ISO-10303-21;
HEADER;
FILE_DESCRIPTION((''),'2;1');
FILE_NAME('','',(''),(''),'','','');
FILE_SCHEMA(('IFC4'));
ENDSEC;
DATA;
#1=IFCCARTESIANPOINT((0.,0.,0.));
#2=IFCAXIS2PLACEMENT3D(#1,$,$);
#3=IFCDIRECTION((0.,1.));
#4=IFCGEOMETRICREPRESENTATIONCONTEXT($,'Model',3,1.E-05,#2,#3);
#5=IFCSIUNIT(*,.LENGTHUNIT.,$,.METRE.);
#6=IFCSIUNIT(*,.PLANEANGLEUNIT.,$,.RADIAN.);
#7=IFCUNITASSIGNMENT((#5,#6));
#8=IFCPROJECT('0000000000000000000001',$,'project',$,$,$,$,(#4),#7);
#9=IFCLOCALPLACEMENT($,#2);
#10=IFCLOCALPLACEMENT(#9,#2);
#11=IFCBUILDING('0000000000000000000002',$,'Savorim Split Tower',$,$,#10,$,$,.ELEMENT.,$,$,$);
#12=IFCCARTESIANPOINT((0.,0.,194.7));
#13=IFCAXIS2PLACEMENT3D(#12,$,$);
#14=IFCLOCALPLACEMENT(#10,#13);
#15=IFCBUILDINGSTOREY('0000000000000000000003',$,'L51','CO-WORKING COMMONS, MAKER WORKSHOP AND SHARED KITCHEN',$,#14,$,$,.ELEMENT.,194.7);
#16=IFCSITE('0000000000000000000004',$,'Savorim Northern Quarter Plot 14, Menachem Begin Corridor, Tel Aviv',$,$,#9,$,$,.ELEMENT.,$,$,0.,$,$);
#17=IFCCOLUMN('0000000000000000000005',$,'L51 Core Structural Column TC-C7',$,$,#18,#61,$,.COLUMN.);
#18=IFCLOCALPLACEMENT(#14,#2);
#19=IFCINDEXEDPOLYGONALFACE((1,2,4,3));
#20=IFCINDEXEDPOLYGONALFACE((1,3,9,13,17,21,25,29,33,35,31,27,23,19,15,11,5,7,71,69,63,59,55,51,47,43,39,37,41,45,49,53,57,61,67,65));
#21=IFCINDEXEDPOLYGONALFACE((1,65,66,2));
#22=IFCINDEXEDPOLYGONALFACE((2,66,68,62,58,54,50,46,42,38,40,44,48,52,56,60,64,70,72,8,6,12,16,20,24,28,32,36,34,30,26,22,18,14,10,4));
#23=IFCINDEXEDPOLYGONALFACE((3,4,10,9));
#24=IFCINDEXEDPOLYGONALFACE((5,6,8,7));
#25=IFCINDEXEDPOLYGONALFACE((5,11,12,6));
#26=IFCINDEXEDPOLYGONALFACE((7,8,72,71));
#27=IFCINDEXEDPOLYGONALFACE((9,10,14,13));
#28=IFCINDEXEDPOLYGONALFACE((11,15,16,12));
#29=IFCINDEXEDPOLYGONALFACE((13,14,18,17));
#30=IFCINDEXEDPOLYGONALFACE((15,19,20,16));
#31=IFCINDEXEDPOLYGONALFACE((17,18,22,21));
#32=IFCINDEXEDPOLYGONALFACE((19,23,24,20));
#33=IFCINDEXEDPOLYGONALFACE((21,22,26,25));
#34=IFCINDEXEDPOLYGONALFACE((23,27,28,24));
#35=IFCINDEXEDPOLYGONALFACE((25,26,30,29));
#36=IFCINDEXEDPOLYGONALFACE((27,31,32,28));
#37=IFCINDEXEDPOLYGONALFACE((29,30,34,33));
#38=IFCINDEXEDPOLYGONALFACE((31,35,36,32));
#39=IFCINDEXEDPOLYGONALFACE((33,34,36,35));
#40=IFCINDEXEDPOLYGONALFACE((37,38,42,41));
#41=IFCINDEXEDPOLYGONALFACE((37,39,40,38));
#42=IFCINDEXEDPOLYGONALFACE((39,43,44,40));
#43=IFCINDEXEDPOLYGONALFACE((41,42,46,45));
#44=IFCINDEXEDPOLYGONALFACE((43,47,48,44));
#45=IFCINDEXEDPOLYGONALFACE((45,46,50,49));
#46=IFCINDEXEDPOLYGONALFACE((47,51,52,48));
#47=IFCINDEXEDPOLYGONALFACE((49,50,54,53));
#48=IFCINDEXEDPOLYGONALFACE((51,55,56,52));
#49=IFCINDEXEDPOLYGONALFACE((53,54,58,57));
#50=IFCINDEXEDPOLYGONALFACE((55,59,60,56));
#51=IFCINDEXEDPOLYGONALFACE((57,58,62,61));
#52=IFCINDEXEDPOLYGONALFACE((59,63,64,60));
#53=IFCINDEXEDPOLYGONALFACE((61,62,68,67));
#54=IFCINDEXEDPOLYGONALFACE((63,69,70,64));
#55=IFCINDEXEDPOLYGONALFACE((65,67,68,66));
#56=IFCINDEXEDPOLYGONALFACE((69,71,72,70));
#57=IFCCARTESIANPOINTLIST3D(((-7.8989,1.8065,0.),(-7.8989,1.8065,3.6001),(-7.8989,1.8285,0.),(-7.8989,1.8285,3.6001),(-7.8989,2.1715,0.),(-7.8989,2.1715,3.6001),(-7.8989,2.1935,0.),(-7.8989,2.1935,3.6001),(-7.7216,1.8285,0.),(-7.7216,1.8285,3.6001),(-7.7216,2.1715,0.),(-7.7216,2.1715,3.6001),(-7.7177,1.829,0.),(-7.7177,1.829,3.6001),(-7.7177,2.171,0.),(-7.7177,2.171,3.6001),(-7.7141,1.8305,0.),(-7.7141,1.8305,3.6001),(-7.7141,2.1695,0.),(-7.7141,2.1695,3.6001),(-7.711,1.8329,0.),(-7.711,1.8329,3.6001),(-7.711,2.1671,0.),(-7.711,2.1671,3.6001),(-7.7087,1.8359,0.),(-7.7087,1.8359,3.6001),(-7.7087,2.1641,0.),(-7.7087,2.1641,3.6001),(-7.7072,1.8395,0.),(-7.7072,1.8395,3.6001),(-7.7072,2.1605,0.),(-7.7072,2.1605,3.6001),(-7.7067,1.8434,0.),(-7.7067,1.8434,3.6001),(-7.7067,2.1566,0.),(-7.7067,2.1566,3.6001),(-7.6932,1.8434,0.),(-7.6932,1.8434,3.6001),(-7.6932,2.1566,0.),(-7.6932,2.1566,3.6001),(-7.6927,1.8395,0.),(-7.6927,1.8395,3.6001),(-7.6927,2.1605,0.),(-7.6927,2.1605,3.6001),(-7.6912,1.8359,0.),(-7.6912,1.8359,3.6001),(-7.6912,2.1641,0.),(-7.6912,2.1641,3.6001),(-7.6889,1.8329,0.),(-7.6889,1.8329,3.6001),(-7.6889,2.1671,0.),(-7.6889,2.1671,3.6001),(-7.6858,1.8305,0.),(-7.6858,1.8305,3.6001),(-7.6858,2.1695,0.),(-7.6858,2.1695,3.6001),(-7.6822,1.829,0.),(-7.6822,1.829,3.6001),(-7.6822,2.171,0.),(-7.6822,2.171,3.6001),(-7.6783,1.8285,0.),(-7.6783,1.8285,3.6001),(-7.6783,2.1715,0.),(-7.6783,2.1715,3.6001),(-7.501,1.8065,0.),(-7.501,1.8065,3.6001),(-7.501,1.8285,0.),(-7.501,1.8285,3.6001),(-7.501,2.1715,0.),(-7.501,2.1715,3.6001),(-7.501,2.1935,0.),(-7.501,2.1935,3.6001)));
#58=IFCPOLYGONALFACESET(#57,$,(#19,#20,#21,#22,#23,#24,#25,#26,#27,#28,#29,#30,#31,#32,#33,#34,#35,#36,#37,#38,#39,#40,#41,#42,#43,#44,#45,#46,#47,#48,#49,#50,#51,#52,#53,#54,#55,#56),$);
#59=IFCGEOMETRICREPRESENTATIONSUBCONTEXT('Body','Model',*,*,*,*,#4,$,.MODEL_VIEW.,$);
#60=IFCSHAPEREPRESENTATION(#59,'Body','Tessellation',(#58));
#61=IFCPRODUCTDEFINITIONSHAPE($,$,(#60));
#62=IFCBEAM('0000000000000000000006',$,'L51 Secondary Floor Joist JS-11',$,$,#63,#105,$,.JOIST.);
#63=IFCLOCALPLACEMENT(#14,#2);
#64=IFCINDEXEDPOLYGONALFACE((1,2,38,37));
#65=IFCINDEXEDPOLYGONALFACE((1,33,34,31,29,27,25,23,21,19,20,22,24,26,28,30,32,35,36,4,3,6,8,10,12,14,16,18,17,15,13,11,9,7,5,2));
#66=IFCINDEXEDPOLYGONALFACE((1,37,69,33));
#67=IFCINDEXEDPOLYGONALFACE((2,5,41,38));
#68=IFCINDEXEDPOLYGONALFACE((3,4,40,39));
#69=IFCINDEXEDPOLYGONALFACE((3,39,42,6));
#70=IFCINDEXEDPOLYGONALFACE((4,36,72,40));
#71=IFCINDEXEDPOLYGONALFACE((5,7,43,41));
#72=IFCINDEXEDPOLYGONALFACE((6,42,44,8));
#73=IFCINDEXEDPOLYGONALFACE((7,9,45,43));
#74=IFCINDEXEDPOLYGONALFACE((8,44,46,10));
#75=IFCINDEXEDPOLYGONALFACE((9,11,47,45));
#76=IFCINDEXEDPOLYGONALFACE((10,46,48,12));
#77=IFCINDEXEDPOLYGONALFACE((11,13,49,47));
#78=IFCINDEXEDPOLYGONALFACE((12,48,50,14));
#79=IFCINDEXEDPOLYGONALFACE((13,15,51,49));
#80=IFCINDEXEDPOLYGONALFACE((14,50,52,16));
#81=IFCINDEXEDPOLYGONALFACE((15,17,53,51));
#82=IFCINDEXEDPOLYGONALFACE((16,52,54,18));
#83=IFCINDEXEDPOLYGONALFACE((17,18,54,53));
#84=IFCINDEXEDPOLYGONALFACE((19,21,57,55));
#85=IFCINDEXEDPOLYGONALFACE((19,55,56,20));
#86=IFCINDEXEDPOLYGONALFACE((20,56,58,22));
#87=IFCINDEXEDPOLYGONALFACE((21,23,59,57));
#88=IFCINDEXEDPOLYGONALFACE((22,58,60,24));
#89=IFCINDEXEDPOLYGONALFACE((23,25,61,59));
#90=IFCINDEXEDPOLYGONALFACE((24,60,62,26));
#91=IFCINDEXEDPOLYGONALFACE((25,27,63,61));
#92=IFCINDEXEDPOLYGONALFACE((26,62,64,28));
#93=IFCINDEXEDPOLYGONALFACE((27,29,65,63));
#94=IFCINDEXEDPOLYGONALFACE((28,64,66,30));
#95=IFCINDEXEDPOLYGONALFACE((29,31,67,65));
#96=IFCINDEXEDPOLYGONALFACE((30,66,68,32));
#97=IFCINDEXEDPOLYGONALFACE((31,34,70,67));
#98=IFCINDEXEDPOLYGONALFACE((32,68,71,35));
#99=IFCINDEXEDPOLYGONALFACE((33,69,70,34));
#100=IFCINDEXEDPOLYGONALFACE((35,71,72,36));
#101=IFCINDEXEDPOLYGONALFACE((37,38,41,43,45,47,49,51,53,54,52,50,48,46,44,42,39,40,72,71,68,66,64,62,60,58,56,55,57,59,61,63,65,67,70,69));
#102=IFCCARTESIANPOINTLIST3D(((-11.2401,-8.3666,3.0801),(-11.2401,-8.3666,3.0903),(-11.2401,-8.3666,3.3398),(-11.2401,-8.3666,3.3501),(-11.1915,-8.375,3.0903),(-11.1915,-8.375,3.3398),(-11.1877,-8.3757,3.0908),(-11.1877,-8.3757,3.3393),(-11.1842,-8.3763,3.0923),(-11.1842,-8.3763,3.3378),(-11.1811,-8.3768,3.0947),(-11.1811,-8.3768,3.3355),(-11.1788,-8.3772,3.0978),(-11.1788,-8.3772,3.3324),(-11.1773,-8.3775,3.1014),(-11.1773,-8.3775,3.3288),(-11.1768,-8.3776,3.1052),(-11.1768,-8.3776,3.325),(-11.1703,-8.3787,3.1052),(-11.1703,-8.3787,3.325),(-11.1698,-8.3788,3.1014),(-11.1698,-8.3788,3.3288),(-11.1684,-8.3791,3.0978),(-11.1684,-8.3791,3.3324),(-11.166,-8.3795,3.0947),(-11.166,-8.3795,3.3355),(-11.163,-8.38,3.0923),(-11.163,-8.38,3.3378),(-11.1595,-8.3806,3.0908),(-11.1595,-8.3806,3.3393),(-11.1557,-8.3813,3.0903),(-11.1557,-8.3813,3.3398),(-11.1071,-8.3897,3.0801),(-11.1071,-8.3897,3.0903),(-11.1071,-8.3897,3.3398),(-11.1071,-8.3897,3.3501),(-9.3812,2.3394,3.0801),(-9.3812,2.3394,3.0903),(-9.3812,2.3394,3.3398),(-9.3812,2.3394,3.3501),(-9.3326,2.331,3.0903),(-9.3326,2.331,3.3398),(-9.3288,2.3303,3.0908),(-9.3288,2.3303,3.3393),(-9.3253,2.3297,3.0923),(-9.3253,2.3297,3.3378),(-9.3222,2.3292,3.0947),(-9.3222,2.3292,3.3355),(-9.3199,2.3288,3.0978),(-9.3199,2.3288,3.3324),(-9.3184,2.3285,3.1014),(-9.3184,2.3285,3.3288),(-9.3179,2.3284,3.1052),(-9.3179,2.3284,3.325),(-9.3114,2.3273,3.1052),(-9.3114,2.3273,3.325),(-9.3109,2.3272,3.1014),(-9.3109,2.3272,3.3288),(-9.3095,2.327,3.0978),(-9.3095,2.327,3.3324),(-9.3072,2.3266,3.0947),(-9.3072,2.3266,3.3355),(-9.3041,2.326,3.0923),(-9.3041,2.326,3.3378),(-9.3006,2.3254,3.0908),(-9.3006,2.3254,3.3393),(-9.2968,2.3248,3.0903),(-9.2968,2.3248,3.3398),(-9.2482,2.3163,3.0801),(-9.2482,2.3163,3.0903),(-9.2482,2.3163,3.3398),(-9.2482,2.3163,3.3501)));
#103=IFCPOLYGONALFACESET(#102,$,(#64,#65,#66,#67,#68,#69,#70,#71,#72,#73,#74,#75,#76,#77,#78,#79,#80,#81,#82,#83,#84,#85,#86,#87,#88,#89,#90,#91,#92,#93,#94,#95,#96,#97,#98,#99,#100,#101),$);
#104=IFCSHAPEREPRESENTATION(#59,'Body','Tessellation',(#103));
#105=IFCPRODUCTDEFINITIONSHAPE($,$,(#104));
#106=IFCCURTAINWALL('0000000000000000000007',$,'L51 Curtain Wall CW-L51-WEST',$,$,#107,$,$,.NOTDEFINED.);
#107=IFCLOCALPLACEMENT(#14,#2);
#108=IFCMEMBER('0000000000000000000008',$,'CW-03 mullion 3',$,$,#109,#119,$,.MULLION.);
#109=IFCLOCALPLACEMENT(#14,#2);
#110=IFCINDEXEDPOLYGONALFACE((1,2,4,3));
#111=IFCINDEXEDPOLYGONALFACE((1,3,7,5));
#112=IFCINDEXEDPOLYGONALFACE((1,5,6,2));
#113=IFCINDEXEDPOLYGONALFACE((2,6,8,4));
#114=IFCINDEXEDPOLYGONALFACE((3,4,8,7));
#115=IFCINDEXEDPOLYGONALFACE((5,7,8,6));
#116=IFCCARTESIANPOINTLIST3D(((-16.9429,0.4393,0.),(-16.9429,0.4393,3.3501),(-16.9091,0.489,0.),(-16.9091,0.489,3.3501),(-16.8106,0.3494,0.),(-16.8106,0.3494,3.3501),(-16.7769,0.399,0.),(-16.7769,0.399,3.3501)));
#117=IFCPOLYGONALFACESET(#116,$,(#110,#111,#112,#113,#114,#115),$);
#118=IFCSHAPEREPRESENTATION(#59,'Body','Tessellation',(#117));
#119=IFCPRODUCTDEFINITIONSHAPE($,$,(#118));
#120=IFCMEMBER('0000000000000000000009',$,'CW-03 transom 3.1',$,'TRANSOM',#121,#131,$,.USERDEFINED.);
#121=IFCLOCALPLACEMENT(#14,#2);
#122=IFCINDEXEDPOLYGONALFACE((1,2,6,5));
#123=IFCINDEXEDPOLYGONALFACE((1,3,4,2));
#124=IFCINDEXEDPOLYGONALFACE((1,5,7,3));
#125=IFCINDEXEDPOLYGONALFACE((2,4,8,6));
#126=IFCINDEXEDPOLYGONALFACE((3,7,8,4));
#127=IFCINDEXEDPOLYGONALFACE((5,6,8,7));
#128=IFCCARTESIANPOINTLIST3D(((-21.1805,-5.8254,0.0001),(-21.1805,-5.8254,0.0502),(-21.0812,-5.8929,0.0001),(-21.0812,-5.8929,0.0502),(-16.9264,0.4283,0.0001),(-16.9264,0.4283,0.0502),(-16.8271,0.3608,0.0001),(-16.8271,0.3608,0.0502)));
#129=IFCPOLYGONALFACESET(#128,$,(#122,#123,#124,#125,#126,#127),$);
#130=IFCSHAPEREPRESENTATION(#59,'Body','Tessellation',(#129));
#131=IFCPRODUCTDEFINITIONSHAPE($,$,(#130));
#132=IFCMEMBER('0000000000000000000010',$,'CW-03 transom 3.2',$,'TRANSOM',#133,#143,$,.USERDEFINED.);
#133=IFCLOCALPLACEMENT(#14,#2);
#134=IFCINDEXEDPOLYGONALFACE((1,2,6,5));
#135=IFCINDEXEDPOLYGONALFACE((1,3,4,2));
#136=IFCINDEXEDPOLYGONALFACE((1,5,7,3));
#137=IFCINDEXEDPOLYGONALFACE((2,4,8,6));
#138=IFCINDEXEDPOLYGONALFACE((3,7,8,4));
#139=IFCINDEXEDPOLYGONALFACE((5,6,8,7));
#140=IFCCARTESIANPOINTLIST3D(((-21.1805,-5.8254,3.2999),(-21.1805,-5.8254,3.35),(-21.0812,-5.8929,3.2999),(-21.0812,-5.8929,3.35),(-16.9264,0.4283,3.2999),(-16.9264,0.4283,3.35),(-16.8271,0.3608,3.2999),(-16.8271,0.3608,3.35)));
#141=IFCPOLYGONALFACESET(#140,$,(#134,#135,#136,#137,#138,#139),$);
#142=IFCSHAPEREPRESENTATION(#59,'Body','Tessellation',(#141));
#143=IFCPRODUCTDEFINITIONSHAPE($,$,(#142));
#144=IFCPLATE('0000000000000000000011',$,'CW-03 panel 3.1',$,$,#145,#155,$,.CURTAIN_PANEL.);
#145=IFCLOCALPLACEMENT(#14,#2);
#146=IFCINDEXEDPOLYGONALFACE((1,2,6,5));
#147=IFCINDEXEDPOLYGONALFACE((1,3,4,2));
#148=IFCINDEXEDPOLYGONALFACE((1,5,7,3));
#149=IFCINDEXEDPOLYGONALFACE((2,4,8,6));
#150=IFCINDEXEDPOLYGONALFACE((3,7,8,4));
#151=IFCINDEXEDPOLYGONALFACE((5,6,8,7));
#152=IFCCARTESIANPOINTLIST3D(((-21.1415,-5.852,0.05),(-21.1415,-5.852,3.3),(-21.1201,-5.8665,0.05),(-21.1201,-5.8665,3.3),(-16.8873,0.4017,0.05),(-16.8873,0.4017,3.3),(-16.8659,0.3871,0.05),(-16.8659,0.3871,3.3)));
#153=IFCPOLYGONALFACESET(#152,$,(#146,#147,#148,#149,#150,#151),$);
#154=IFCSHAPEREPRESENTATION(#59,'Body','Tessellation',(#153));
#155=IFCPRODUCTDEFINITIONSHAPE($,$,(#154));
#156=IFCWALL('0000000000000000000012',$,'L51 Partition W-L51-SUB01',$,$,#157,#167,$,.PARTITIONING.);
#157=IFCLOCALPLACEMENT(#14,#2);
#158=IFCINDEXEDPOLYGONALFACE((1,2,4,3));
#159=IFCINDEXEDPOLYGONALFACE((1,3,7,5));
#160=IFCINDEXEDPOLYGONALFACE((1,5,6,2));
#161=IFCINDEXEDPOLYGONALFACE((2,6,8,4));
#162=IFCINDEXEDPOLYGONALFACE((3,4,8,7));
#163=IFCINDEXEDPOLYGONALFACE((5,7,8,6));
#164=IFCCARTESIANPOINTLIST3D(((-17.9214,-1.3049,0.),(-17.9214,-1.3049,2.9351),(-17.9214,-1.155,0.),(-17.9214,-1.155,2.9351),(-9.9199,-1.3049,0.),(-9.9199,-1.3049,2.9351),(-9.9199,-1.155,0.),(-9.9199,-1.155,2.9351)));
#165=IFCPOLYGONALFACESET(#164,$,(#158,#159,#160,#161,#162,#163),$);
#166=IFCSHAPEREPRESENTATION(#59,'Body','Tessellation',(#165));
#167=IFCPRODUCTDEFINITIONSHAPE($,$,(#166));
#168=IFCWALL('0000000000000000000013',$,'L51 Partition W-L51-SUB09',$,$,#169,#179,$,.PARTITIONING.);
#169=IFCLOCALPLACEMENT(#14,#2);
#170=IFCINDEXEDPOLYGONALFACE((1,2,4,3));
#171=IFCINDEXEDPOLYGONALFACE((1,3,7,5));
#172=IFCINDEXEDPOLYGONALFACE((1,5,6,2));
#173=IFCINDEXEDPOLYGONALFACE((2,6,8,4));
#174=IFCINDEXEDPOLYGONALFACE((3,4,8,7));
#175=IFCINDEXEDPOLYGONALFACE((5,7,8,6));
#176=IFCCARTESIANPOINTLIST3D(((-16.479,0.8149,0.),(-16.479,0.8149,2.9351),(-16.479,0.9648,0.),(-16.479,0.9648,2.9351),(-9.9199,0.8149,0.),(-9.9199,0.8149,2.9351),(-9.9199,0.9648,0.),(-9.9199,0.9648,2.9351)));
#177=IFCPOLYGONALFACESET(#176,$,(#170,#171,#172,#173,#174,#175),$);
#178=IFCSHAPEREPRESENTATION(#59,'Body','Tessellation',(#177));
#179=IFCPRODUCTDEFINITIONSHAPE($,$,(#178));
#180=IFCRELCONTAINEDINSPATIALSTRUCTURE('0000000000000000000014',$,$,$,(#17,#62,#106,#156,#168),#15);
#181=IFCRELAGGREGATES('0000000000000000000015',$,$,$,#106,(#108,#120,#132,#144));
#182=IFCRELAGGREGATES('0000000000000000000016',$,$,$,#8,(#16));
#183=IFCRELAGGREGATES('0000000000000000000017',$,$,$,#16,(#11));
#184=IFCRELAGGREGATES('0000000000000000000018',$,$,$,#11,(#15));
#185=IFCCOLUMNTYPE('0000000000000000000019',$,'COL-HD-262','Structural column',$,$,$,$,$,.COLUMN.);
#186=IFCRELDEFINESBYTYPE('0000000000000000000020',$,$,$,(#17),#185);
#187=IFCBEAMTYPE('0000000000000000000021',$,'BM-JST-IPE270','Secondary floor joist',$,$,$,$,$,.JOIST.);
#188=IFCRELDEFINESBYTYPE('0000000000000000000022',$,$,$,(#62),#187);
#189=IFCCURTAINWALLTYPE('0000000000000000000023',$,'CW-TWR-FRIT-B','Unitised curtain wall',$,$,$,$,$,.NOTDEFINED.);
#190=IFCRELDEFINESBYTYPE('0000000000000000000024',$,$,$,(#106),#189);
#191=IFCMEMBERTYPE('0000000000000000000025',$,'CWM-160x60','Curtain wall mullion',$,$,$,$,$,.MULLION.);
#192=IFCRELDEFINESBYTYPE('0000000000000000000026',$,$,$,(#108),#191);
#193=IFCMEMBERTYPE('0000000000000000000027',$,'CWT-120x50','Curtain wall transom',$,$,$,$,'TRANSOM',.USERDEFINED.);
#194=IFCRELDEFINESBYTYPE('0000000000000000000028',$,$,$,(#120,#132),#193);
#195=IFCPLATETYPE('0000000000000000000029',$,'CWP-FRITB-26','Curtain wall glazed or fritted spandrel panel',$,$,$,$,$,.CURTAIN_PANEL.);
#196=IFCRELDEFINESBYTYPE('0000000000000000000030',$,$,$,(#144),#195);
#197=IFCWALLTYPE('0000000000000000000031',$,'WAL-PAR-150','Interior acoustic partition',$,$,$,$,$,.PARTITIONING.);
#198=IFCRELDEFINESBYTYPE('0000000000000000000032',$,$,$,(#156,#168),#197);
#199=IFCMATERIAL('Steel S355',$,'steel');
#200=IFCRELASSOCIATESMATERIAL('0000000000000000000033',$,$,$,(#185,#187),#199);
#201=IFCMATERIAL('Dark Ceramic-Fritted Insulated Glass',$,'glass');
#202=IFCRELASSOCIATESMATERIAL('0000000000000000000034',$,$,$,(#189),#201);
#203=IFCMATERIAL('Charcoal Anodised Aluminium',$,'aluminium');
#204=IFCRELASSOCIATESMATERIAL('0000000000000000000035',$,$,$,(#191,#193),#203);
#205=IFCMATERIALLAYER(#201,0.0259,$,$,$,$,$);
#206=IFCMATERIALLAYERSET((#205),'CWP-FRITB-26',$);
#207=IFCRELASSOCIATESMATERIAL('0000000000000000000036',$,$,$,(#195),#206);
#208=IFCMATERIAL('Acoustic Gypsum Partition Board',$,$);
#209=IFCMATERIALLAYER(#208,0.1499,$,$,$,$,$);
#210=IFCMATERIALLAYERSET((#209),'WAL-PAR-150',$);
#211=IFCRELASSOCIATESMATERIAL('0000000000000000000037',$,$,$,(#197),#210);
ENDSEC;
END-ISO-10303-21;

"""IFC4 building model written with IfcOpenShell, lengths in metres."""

from ifc_helpers import new_model, si_unit, direction, frame, frame_2d, origin, origin_2d, place, context, subcontext, project, spatial, rectangle, i_section, extrude, material, layer, layer_set, material_profile, profile_set, type_object, element, aggregate, save


model = new_model("IFC4")

# Units and contexts
model_context = context("Model", 3, precision=1e-05, world=origin(), true_north=direction((0.0, 1.0)))
body_context = subcontext(model_context, "Body", "Model", "MODEL_VIEW")
ifc_project = project(units=[si_unit("LENGTHUNIT", "METRE"), si_unit("PLANEANGLEUNIT", "RADIAN")], contexts=[model_context])

# Site, building, storey
site_placement = place(None, origin())
site = spatial("IfcSite", under=ifc_project, at=site_placement, Name="Savorim Northern Quarter Plot 14, Menachem Begin Corridor, Tel Aviv", CompositionType="ELEMENT", RefElevation=0.0)
building_placement = place(site_placement, origin())
building = spatial("IfcBuilding", under=site, at=building_placement, Name="Savorim Split Tower", CompositionType="ELEMENT")
storey_placement = place(building_placement, frame((0.0, 0.0, 194.7)))
storey = spatial("IfcBuildingStorey", under=building, at=storey_placement, Name="L51", Description="CO-WORKING COMMONS, MAKER WORKSHOP AND SHARED KITCHEN", CompositionType="ELEMENT", Elevation=194.7)

# Column
ifc_material_1 = material(Name="Steel S355", Category="steel")
ifc_material_profile_1 = material_profile(ifc_material_1, i_section(OverallWidth=0.3979, OverallDepth=0.387, WebThickness=0.0134, FlangeThickness=0.022, FilletRadius=0.0149, at=origin_2d()), Name="HD 400x262")
ifc_profile_set_1 = profile_set([ifc_material_profile_1], Name="Steel S355")
column_type = type_object("IfcColumnType", Name="COL-HD-262", Description="Structural column", PredefinedType="COLUMN", material=ifc_profile_set_1)
column_placement = place(storey_placement, frame((-7.7, 2.0, 0.0), z_axis=(0.0, 0.0, 1.0), x_axis=(1.0, 0.0, 0.0)))
element("IfcColumn", 1, at=column_placement, inside=storey, type_object=column_type, Name="L51 Core Structural Column TC-C7", PredefinedType="COLUMN", context=body_context, shape_type="SweptSolid", body=[
    extrude(i_section(OverallWidth=0.3979, OverallDepth=0.387, WebThickness=0.0134, FlangeThickness=0.022, FilletRadius=0.0149, at=origin_2d()), origin(), (0.0, 0.0, 1.0), 3.6001),
])

# Beam
ifc_material_profile_2 = material_profile(ifc_material_1, i_section(OverallWidth=0.135, OverallDepth=0.27, WebThickness=0.0066, FlangeThickness=0.0103, FilletRadius=0.0149, at=origin_2d()), Name="IPE 270")
ifc_profile_set_2 = profile_set([ifc_material_profile_2], Name="Steel S355")
beam_type = type_object("IfcBeamType", Name="BM-JST-IPE270", Description="Secondary floor joist", PredefinedType="JOIST", material=ifc_profile_set_2)
beam_placement = place(storey_placement, frame((-9.3147, 2.3279, 3.2151), z_axis=(-0.17107, -0.985259, 0.0), x_axis=(0.985259, -0.17107, 0.0)))
element("IfcBeam", 2, at=beam_placement, inside=storey, type_object=beam_type, Name="L51 Secondary Floor Joist JS-11", PredefinedType="JOIST", context=body_context, shape_type="SweptSolid", body=[
    extrude(i_section(OverallWidth=0.135, OverallDepth=0.27, WebThickness=0.0066, FlangeThickness=0.0103, FilletRadius=0.0149, at=origin_2d()), origin(), (0.0, 0.0, 1.0), 10.8662),
])

# Curtain wall, members, plate
ifc_material_2 = material(Name="Dark Ceramic-Fritted Insulated Glass", Category="glass")
curtain_wall_type = type_object("IfcCurtainWallType", Name="CW-TWR-FRIT-B", Description="Unitised curtain wall", PredefinedType="NOTDEFINED", material=ifc_material_2)
curtain_wall_placement = place(storey_placement, origin())
curtain_wall = element("IfcCurtainWall", 3, at=curtain_wall_placement, inside=storey, type_object=curtain_wall_type, Name="L51 Curtain Wall CW-L51-WEST", PredefinedType="NOTDEFINED")
ifc_material_3 = material(Name="Charcoal Anodised Aluminium", Category="aluminium")
ifc_material_profile_3 = material_profile(ifc_material_3, rectangle(XDim=0.1599, YDim=0.0601, at=origin_2d()), Name="ALU-M 160x60")
ifc_profile_set_3 = profile_set([ifc_material_profile_3], Name="Charcoal Anodised Aluminium")
member_type_1 = type_object("IfcMemberType", Name="CWM-160x60", Description="Curtain wall mullion", PredefinedType="MULLION", material=ifc_profile_set_3)
member_1_placement = place(storey_placement, frame((-16.8599, 0.4192, 0.0), z_axis=(0.0, 0.0, 1.0), x_axis=(0.826821, -0.562465, 0.0)))
member_1 = element("IfcMember", 4, at=member_1_placement, type_object=member_type_1, Name="CW-03 mullion 3", PredefinedType="MULLION", context=body_context, shape_type="SweptSolid", body=[
    extrude(rectangle(XDim=0.1599, YDim=0.0601, at=origin_2d()), origin(), (0.0, 0.0, 1.0), 3.3501),
])
ifc_material_profile_4 = material_profile(ifc_material_3, rectangle(XDim=0.1201, YDim=0.05, at=origin_2d()), Name="ALU-T 120x50")
ifc_profile_set_4 = profile_set([ifc_material_profile_4], Name="Charcoal Anodised Aluminium")
member_type_2 = type_object("IfcMemberType", Name="CWT-120x50", Description="Curtain wall transom", ElementType="TRANSOM", PredefinedType="USERDEFINED", material=ifc_profile_set_4)
member_2_placement = place(storey_placement, frame((-16.8767, 0.3945, 0.0251), z_axis=(-0.56246, -0.826824, 0.0), x_axis=(0.826824, -0.56246, 0.0)))
member_2 = element("IfcMember", 5, at=member_2_placement, type_object=member_type_2, Name="CW-03 transom 3.1", ObjectType="TRANSOM", PredefinedType="USERDEFINED", context=body_context, shape_type="SweptSolid", body=[
    extrude(rectangle(XDim=0.1201, YDim=0.05, at=origin_2d()), origin(), (0.0, 0.0, 1.0), 7.5635),
])
member_3_placement = place(storey_placement, frame((-16.8767, 0.3945, 3.325), z_axis=(-0.56246, -0.826824, 0.0), x_axis=(0.826824, -0.56246, 0.0)))
member_3 = element("IfcMember", 6, at=member_3_placement, type_object=member_type_2, Name="CW-03 transom 3.2", ObjectType="TRANSOM", PredefinedType="USERDEFINED", context=body_context, shape_type="SweptSolid", body=[
    extrude(rectangle(XDim=0.1201, YDim=0.05, at=origin_2d()), origin(), (0.0, 0.0, 1.0), 7.5635),
])
ifc_layer_1 = layer(ifc_material_2, 0.0259)
ifc_layer_set_1 = layer_set([ifc_layer_1], Name="CWP-FRITB-26")
plate_type = type_object("IfcPlateType", Name="CWP-FRITB-26", Description="Curtain wall glazed or fritted spandrel panel", PredefinedType="CURTAIN_PANEL", material=ifc_layer_set_1)
plate_placement = place(storey_placement, frame((-19.0037, -2.7324, 0.05), z_axis=(0.0, 0.0, 1.0), x_axis=(-0.562465, -0.826821, 0.0)))
plate = element("IfcPlate", 7, at=plate_placement, type_object=plate_type, Name="CW-03 panel 3.1", PredefinedType="CURTAIN_PANEL", context=body_context, shape_type="SweptSolid", body=[
    extrude(rectangle(XDim=7.5635, YDim=0.0259, at=origin_2d()), origin(), (0.0, 0.0, 1.0), 3.25),
])
aggregate(curtain_wall, [member_1, member_2, member_3, plate])

# Walls
ifc_material_4 = material(Name="Acoustic Gypsum Partition Board")
ifc_layer_2 = layer(ifc_material_4, 0.1499)
ifc_layer_set_2 = layer_set([ifc_layer_2], Name="WAL-PAR-150")
wall_type_1 = type_object("IfcWallType", Name="WAL-PAR-150", Description="Interior acoustic partition", PredefinedType="PARTITIONING", material=ifc_layer_set_2)
wall_1_placement = place(storey_placement, frame((-9.9199, -1.23, 0.0), z_axis=(0.0, 0.0, 1.0), x_axis=(-1.0, 0.0, 0.0)))
element("IfcWall", 8, at=wall_1_placement, inside=storey, type_object=wall_type_1, Name="L51 Partition W-L51-SUB01", PredefinedType="PARTITIONING", context=body_context, shape_type="SweptSolid", body=[
    extrude(rectangle(XDim=8.0015, YDim=0.1499, at=frame_2d((4.0007, 0.0))), origin(), (0.0, 0.0, 1.0), 2.9351),
])
wall_2_placement = place(storey_placement, frame((-9.9199, 0.8899, 0.0), z_axis=(0.0, 0.0, 1.0), x_axis=(-1.0, 0.0, 0.0)))
element("IfcWall", 9, at=wall_2_placement, inside=storey, type_object=wall_type_1, Name="L51 Partition W-L51-SUB09", PredefinedType="PARTITIONING", context=body_context, shape_type="SweptSolid", body=[
    extrude(rectangle(XDim=6.5591, YDim=0.1499, at=frame_2d((3.2795, 0.0))), origin(), (0.0, 0.0, 1.0), 2.9351),
])

save(model, "model.ifc")
